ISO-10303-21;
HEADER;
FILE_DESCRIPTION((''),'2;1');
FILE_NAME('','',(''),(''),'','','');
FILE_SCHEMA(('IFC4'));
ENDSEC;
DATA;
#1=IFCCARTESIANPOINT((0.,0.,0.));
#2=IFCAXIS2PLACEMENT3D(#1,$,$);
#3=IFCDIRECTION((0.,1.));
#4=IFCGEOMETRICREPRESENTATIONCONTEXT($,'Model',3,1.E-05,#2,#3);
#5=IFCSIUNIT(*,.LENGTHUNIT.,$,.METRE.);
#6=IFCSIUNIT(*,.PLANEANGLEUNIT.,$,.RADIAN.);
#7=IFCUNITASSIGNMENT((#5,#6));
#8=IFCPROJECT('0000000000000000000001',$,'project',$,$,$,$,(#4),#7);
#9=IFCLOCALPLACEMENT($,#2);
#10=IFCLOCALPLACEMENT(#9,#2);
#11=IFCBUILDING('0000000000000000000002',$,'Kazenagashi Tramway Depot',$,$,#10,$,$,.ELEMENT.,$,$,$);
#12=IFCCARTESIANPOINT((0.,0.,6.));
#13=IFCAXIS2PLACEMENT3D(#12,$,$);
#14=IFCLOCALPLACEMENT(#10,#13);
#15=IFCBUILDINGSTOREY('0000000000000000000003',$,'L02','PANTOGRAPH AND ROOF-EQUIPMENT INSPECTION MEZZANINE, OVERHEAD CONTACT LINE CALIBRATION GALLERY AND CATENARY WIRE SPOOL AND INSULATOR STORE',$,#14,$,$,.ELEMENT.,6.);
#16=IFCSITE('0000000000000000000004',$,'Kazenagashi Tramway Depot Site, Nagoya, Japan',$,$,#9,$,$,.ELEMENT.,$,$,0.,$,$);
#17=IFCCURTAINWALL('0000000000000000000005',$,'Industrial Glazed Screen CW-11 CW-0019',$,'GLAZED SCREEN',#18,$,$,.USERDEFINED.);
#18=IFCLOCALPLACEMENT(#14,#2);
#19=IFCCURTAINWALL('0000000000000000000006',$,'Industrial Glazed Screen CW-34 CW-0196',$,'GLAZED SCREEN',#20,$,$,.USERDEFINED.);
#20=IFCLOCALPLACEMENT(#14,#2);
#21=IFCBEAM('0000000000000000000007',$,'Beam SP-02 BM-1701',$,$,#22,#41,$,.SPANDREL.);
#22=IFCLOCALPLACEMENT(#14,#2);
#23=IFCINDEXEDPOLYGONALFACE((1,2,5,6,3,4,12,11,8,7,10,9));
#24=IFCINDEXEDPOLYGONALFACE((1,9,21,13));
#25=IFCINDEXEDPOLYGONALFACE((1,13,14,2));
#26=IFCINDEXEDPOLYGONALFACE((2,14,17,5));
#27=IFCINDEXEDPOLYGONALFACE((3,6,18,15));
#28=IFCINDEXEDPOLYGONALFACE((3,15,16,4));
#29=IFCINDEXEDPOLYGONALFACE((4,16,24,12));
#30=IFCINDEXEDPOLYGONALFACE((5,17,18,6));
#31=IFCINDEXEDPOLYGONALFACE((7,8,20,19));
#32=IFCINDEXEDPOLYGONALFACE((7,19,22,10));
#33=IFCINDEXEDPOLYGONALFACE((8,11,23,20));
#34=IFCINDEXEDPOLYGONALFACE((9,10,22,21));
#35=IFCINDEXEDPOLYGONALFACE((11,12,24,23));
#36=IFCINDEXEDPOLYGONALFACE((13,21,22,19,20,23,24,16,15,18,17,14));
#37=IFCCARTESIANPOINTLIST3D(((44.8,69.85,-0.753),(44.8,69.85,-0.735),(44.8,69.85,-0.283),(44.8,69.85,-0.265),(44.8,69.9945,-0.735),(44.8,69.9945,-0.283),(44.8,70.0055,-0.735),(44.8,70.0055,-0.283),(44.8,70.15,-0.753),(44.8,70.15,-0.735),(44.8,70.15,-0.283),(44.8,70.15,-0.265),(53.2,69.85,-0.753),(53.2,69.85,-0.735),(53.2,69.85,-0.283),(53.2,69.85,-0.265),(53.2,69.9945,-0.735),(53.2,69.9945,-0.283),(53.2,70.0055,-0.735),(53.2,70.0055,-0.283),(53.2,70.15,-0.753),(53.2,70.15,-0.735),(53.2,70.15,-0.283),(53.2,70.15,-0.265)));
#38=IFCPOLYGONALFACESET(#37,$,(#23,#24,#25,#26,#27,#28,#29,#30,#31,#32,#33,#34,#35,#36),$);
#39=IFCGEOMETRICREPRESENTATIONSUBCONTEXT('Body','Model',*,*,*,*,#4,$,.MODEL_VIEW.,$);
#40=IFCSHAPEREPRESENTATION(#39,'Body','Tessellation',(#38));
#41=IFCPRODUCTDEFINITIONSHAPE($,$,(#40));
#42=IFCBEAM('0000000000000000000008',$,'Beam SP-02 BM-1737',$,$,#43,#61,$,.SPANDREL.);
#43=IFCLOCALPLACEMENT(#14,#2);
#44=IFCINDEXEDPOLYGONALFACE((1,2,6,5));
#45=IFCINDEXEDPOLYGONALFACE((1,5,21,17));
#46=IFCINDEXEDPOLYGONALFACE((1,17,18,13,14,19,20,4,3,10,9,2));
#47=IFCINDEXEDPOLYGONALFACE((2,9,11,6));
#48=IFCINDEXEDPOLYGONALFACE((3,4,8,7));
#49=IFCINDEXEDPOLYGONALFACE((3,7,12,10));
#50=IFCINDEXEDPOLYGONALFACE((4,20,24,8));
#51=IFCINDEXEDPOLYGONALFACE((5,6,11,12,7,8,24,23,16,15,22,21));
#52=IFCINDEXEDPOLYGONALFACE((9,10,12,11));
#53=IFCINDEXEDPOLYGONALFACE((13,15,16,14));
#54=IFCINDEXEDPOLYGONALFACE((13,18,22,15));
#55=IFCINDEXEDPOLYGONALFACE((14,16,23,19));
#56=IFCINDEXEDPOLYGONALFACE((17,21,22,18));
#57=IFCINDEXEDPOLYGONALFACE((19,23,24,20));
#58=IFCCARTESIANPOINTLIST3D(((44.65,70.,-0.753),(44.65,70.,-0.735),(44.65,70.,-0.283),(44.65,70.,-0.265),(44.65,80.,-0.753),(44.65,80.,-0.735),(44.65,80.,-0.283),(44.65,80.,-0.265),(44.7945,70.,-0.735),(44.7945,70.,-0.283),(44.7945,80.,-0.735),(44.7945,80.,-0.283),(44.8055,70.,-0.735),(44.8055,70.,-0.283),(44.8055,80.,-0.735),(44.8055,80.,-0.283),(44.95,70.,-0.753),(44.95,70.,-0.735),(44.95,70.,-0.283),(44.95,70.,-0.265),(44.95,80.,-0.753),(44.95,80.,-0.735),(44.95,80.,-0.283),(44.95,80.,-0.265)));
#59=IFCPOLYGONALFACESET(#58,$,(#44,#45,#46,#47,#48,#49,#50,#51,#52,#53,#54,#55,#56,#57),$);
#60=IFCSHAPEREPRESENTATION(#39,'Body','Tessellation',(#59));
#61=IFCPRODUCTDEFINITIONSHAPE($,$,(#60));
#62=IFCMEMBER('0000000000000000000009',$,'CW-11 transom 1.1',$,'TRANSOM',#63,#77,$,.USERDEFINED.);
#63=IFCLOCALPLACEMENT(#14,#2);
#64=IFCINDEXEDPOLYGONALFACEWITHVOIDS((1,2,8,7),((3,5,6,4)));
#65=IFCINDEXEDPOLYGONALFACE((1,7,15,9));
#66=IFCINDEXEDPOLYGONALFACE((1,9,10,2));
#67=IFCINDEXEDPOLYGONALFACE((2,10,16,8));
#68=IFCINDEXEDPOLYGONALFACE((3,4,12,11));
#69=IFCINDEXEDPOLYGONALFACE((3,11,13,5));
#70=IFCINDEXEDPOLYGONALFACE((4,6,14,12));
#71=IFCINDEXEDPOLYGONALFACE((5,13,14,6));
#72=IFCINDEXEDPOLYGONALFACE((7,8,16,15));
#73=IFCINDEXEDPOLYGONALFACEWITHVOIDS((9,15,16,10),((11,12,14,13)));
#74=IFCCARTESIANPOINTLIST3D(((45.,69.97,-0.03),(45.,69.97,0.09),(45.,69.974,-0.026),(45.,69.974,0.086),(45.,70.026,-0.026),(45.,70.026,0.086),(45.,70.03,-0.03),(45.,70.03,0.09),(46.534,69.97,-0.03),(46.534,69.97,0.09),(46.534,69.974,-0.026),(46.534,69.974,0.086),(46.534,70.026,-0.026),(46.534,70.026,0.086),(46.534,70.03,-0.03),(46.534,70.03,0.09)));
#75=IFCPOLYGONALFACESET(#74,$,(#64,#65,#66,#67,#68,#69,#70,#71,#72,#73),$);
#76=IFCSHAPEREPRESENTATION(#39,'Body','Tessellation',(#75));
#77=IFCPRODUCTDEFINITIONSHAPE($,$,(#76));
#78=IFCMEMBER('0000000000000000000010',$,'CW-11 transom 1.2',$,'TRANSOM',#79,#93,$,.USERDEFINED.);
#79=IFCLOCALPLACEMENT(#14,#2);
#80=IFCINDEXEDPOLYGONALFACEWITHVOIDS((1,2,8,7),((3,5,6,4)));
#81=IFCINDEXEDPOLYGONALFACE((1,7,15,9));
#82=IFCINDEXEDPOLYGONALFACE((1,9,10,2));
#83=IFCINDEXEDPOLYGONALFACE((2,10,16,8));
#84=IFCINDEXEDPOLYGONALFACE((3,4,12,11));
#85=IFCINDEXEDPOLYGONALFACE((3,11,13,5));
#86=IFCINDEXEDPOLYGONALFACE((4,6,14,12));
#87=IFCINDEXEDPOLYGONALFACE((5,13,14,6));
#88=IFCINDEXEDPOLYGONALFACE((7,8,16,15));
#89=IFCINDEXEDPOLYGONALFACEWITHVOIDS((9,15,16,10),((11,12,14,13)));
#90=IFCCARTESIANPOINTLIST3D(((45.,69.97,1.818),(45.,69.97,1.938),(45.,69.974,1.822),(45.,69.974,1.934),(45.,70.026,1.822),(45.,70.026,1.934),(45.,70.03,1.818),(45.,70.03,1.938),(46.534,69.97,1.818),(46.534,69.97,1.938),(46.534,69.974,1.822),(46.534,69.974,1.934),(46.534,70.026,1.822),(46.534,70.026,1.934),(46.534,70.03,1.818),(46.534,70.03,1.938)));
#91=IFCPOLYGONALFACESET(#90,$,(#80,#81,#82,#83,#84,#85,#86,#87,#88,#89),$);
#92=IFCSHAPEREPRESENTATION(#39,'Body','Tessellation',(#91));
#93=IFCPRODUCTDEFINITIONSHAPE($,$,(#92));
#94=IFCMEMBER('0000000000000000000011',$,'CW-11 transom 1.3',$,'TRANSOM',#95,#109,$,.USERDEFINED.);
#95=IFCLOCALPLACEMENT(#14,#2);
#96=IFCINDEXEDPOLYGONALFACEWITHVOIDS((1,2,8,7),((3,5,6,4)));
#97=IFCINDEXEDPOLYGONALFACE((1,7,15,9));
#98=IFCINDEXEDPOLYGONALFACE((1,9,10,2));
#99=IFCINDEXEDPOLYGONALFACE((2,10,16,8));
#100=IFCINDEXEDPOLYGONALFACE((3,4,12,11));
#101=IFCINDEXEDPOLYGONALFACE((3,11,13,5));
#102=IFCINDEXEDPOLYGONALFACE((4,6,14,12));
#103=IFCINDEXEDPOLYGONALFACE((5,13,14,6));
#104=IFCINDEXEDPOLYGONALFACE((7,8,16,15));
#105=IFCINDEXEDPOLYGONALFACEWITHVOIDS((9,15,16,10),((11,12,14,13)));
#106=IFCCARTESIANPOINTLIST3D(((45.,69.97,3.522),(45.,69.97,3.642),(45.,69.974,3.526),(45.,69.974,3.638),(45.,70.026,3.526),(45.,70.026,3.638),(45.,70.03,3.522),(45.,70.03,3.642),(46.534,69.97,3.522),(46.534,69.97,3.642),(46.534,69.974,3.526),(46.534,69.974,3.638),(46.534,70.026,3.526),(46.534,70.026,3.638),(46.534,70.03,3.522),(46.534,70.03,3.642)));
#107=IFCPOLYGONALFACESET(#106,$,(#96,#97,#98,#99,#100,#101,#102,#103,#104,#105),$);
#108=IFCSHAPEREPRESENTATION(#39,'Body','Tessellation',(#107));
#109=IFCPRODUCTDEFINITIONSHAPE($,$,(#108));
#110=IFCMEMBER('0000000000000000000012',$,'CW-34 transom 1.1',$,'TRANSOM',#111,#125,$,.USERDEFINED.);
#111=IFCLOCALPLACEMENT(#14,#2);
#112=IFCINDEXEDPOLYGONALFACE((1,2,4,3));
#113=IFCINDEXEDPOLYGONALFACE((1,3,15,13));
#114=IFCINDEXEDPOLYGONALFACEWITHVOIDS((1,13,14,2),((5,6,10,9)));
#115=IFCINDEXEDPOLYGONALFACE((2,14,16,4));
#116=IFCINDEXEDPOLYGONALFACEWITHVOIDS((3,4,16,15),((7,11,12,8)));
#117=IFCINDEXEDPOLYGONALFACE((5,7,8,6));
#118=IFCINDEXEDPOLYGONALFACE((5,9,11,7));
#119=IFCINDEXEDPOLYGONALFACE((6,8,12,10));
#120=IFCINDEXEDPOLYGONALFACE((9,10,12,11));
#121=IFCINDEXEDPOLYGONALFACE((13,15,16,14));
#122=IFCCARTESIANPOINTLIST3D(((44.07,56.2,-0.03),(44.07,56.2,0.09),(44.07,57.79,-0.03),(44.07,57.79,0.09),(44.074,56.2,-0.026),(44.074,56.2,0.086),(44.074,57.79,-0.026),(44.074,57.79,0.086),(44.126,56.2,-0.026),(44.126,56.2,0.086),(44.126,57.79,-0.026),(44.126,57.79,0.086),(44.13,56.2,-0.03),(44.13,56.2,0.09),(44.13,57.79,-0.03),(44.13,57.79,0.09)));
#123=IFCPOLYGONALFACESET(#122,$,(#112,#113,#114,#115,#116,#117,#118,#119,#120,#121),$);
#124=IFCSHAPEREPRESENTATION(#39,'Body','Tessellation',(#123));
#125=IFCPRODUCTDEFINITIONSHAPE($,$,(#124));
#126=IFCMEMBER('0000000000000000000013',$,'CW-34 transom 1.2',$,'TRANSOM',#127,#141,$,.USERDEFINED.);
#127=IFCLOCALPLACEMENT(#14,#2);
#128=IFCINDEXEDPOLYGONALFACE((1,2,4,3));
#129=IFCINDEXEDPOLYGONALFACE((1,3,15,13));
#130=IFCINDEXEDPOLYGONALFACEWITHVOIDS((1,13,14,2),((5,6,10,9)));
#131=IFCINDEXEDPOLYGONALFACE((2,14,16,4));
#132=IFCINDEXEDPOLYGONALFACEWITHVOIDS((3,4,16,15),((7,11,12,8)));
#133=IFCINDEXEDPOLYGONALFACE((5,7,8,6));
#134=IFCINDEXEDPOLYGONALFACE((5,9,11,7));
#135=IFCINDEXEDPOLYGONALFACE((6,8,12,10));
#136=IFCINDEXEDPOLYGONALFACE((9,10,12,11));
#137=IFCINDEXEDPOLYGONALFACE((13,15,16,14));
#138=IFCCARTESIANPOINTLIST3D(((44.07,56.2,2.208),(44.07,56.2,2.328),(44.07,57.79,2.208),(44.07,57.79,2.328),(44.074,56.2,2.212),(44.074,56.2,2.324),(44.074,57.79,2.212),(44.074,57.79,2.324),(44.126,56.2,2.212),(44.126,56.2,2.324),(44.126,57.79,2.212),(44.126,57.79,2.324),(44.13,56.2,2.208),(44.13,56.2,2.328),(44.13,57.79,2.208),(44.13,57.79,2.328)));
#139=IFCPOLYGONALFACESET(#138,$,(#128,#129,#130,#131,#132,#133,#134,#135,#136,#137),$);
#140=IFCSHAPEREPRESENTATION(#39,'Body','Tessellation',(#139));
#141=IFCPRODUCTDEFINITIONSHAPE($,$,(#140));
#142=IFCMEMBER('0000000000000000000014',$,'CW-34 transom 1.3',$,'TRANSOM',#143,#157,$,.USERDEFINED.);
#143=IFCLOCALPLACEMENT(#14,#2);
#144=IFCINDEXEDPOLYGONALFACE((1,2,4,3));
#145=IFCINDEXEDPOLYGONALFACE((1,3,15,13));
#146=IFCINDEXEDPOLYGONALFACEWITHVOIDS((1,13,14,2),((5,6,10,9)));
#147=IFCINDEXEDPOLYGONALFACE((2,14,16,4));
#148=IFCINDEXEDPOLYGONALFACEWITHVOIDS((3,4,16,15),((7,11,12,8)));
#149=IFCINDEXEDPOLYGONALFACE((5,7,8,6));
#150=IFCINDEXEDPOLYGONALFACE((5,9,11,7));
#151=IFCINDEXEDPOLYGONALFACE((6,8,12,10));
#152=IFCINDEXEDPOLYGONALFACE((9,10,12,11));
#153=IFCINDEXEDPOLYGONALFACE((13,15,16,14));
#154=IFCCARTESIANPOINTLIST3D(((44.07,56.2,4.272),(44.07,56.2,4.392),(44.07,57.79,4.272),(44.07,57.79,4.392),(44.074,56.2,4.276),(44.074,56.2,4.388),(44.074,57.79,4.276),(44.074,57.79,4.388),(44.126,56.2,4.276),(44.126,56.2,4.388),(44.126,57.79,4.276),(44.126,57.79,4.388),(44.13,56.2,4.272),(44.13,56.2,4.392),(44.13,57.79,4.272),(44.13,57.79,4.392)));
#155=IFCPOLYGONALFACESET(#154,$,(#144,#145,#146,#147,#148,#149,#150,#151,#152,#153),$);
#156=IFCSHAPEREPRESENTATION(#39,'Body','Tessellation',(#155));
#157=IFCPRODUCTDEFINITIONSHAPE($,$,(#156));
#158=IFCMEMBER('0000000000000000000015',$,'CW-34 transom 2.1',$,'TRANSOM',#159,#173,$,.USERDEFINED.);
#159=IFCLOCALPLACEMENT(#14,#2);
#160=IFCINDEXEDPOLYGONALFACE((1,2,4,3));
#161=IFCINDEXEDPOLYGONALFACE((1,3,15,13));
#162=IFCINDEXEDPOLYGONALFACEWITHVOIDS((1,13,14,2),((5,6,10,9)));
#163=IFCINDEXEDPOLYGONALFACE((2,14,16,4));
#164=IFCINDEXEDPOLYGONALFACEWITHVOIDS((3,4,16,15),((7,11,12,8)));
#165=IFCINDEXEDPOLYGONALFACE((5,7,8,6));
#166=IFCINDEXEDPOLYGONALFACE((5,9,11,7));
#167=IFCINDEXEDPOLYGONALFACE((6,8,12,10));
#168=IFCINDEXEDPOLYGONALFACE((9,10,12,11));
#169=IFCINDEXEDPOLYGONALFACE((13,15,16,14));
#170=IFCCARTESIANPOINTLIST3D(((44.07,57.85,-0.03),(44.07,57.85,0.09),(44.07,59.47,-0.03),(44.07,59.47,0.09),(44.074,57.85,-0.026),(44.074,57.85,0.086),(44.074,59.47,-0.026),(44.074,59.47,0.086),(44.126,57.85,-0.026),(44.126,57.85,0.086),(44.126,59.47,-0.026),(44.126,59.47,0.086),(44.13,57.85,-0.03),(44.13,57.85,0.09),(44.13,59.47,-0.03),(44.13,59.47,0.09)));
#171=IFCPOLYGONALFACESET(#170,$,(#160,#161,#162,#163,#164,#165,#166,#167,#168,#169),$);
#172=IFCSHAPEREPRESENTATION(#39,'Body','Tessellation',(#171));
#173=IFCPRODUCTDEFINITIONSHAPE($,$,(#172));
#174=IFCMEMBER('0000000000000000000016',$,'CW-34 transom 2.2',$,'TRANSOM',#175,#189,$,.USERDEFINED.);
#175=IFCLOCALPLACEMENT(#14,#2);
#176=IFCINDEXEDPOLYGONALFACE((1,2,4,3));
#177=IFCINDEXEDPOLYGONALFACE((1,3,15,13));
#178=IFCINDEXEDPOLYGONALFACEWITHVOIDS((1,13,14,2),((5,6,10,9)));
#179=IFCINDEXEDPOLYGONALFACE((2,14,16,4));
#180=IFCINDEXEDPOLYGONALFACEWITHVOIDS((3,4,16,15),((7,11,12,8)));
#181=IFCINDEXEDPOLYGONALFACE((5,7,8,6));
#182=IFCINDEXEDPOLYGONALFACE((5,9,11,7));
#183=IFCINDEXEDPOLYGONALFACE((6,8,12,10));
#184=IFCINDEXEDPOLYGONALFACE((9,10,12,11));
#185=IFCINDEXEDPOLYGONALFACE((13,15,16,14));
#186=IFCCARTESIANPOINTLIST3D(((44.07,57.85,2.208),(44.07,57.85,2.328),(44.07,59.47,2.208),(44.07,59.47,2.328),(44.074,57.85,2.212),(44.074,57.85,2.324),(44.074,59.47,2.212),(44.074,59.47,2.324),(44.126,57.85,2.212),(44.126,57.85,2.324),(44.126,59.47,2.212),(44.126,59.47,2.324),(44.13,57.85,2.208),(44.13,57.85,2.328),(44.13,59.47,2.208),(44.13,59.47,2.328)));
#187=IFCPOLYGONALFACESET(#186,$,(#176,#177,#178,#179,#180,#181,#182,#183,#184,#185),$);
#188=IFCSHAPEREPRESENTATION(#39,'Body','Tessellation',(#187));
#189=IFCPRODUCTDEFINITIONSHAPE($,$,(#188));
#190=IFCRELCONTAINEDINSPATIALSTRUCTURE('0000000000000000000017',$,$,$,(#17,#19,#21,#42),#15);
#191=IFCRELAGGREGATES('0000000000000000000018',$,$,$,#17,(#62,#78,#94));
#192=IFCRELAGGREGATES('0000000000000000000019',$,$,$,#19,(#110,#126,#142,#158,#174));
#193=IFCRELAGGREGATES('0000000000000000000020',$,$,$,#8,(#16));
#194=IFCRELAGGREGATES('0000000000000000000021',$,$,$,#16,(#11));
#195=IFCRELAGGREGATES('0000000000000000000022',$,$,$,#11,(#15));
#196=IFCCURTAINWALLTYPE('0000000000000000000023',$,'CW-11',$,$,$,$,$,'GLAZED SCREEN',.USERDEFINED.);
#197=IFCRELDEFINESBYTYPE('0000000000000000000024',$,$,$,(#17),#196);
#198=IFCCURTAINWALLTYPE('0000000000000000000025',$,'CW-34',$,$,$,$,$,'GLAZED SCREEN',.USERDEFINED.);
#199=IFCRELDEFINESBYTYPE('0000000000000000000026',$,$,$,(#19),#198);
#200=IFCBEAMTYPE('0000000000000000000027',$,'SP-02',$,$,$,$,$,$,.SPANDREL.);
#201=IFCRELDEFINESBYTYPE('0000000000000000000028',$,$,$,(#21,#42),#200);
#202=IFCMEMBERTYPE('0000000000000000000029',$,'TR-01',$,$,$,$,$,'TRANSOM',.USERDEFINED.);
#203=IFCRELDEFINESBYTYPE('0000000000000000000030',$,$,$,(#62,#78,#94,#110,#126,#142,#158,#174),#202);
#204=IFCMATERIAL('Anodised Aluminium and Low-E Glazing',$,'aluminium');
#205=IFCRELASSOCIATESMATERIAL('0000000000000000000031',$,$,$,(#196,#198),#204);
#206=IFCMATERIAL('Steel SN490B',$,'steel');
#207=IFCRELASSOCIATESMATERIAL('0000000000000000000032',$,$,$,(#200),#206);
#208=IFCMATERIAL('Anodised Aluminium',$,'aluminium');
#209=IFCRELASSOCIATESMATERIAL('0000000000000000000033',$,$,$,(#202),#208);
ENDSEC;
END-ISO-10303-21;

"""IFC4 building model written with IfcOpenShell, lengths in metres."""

from ifc_helpers import new_model, si_unit, direction, frame, origin, origin_2d, place, context, subcontext, project, spatial, hollow_rectangle, i_section, extrude, material, material_profile, profile_set, type_object, element, aggregate, save


model = new_model("IFC4")

# Units and contexts
model_context = context("Model", 3, precision=1e-05, world=origin(), true_north=direction((0.0, 1.0)))
body_context = subcontext(model_context, "Body", "Model", "MODEL_VIEW")
ifc_project = project(units=[si_unit("LENGTHUNIT", "METRE"), si_unit("PLANEANGLEUNIT", "RADIAN")], contexts=[model_context])

# Site, building, storey
site_placement = place(None, origin())
site = spatial("IfcSite", under=ifc_project, at=site_placement, Name="Kazenagashi Tramway Depot Site, Nagoya, Japan", CompositionType="ELEMENT", RefElevation=0.0)
building_placement = place(site_placement, origin())
building = spatial("IfcBuilding", under=site, at=building_placement, Name="Kazenagashi Tramway Depot", CompositionType="ELEMENT")
storey_placement = place(building_placement, frame((0.0, 0.0, 6.0)))
storey = spatial("IfcBuildingStorey", under=building, at=storey_placement, Name="L02", Description="PANTOGRAPH AND ROOF-EQUIPMENT INSPECTION MEZZANINE, OVERHEAD CONTACT LINE CALIBRATION GALLERY AND CATENARY WIRE SPOOL AND INSULATOR STORE", CompositionType="ELEMENT", Elevation=6.0)

# Shared definitions
ifc_material_1 = material(Name="Steel SN490B", Category="steel")

# Curtain wall
ifc_material_2 = material(Name="Anodised Aluminium and Low-E Glazing", Category="aluminium")
curtain_wall_type_1 = type_object("IfcCurtainWallType", Name="CW-11", ElementType="GLAZED SCREEN", PredefinedType="USERDEFINED", material=ifc_material_2)
curtain_wall_1_placement = place(storey_placement, origin())
curtain_wall_1 = element("IfcCurtainWall", 1, at=curtain_wall_1_placement, inside=storey, type_object=curtain_wall_type_1, Name="Industrial Glazed Screen CW-11 CW-0019", ObjectType="GLAZED SCREEN", PredefinedType="USERDEFINED")
ifc_material_3 = material(Name="Anodised Aluminium", Category="aluminium")

# Curtain wall
curtain_wall_type_2 = type_object("IfcCurtainWallType", Name="CW-34", ElementType="GLAZED SCREEN", PredefinedType="USERDEFINED", material=ifc_material_2)
curtain_wall_2_placement = place(storey_placement, origin())
curtain_wall_2 = element("IfcCurtainWall", 2, at=curtain_wall_2_placement, inside=storey, type_object=curtain_wall_type_2, Name="Industrial Glazed Screen CW-34 CW-0196", ObjectType="GLAZED SCREEN", PredefinedType="USERDEFINED")

# Beams
ifc_material_profile_1 = material_profile(ifc_material_1, i_section(OverallWidth=0.3, OverallDepth=0.488, WebThickness=0.011, FlangeThickness=0.018, at=origin_2d()), Name="H-488x300x11x18")
ifc_profile_set_1 = profile_set([ifc_material_profile_1], Name="Steel SN490B")
beam_type_1 = type_object("IfcBeamType", Name="SP-02", PredefinedType="SPANDREL", material=ifc_profile_set_1)
beam_1_placement = place(storey_placement, frame((44.8, 70.0, -0.509), z_axis=(1.0, 0.0, 0.0), x_axis=(0.0, 1.0, 0.0)))
element("IfcBeam", 3, at=beam_1_placement, inside=storey, type_object=beam_type_1, Name="Beam SP-02 BM-1701", PredefinedType="SPANDREL", context=body_context, shape_type="SweptSolid", body=[
    extrude(i_section(OverallWidth=0.3, OverallDepth=0.488, WebThickness=0.011, FlangeThickness=0.018, at=origin_2d()), origin(), (0.0, 0.0, 1.0), 8.4),
])
beam_2_placement = place(storey_placement, frame((44.8, 70.0, -0.509), z_axis=(0.0, 1.0, 0.0), x_axis=(-1.0, 0.0, 0.0)))
element("IfcBeam", 4, at=beam_2_placement, inside=storey, type_object=beam_type_1, Name="Beam SP-02 BM-1737", PredefinedType="SPANDREL", context=body_context, shape_type="SweptSolid", body=[
    extrude(i_section(OverallWidth=0.3, OverallDepth=0.488, WebThickness=0.011, FlangeThickness=0.018, at=origin_2d()), origin(), (0.0, 0.0, 1.0), 10.0),
])

# Members
ifc_material_profile_2 = material_profile(ifc_material_3, hollow_rectangle(XDim=0.06, YDim=0.12, WallThickness=0.004, at=origin_2d()), Name="RHS-120x60x4")
ifc_profile_set_2 = profile_set([ifc_material_profile_2], Name="Anodised Aluminium")
member_type_1 = type_object("IfcMemberType", Name="TR-01", ElementType="TRANSOM", PredefinedType="USERDEFINED", material=ifc_profile_set_2)
member_1_placement = place(storey_placement, frame((45.0, 70.0, 0.03), z_axis=(1.0, 0.0, 0.0), x_axis=(0.0, 1.0, 0.0)))
member_1 = element("IfcMember", 5, at=member_1_placement, type_object=member_type_1, Name="CW-11 transom 1.1", ObjectType="TRANSOM", PredefinedType="USERDEFINED", context=body_context, shape_type="SweptSolid", body=[
    extrude(hollow_rectangle(XDim=0.06, YDim=0.12, WallThickness=0.004, at=origin_2d()), origin(), (0.0, 0.0, 1.0), 1.534),
])
member_2_placement = place(storey_placement, frame((45.0, 70.0, 1.878), z_axis=(1.0, 0.0, 0.0), x_axis=(0.0, 1.0, 0.0)))
member_2 = element("IfcMember", 6, at=member_2_placement, type_object=member_type_1, Name="CW-11 transom 1.2", ObjectType="TRANSOM", PredefinedType="USERDEFINED", context=body_context, shape_type="SweptSolid", body=[
    extrude(hollow_rectangle(XDim=0.06, YDim=0.12, WallThickness=0.004, at=origin_2d()), origin(), (0.0, 0.0, 1.0), 1.534),
])
member_3_placement = place(storey_placement, frame((45.0, 70.0, 3.582), z_axis=(1.0, 0.0, 0.0), x_axis=(0.0, 1.0, 0.0)))
member_3 = element("IfcMember", 7, at=member_3_placement, type_object=member_type_1, Name="CW-11 transom 1.3", ObjectType="TRANSOM", PredefinedType="USERDEFINED", context=body_context, shape_type="SweptSolid", body=[
    extrude(hollow_rectangle(XDim=0.06, YDim=0.12, WallThickness=0.004, at=origin_2d()), origin(), (0.0, 0.0, 1.0), 1.534),
])
aggregate(curtain_wall_1, [member_1, member_2, member_3])
member_4_placement = place(storey_placement, frame((44.1, 56.2, 0.03), z_axis=(0.0, 1.0, 0.0), x_axis=(-1.0, 0.0, 0.0)))
member_4 = element("IfcMember", 8, at=member_4_placement, type_object=member_type_1, Name="CW-34 transom 1.1", ObjectType="TRANSOM", PredefinedType="USERDEFINED", context=body_context, shape_type="SweptSolid", body=[
    extrude(hollow_rectangle(XDim=0.06, YDim=0.12, WallThickness=0.004, at=origin_2d()), origin(), (0.0, 0.0, 1.0), 1.59),
])
member_5_placement = place(storey_placement, frame((44.1, 56.2, 2.268), z_axis=(0.0, 1.0, 0.0), x_axis=(-1.0, 0.0, 0.0)))
member_5 = element("IfcMember", 9, at=member_5_placement, type_object=member_type_1, Name="CW-34 transom 1.2", ObjectType="TRANSOM", PredefinedType="USERDEFINED", context=body_context, shape_type="SweptSolid", body=[
    extrude(hollow_rectangle(XDim=0.06, YDim=0.12, WallThickness=0.004, at=origin_2d()), origin(), (0.0, 0.0, 1.0), 1.59),
])
member_6_placement = place(storey_placement, frame((44.1, 56.2, 4.332), z_axis=(0.0, 1.0, 0.0), x_axis=(-1.0, 0.0, 0.0)))
member_6 = element("IfcMember", 10, at=member_6_placement, type_object=member_type_1, Name="CW-34 transom 1.3", ObjectType="TRANSOM", PredefinedType="USERDEFINED", context=body_context, shape_type="SweptSolid", body=[
    extrude(hollow_rectangle(XDim=0.06, YDim=0.12, WallThickness=0.004, at=origin_2d()), origin(), (0.0, 0.0, 1.0), 1.59),
])
member_7_placement = place(storey_placement, frame((44.1, 57.85, 0.03), z_axis=(0.0, 1.0, 0.0), x_axis=(-1.0, 0.0, 0.0)))
member_7 = element("IfcMember", 11, at=member_7_placement, type_object=member_type_1, Name="CW-34 transom 2.1", ObjectType="TRANSOM", PredefinedType="USERDEFINED", context=body_context, shape_type="SweptSolid", body=[
    extrude(hollow_rectangle(XDim=0.06, YDim=0.12, WallThickness=0.004, at=origin_2d()), origin(), (0.0, 0.0, 1.0), 1.62),
])
member_8_placement = place(storey_placement, frame((44.1, 57.85, 2.268), z_axis=(0.0, 1.0, 0.0), x_axis=(-1.0, 0.0, 0.0)))
member_8 = element("IfcMember", 12, at=member_8_placement, type_object=member_type_1, Name="CW-34 transom 2.2", ObjectType="TRANSOM", PredefinedType="USERDEFINED", context=body_context, shape_type="SweptSolid", body=[
    extrude(hollow_rectangle(XDim=0.06, YDim=0.12, WallThickness=0.004, at=origin_2d()), origin(), (0.0, 0.0, 1.0), 1.62),
])

aggregate(curtain_wall_2, [member_4, member_5, member_6, member_7, member_8])

save(model, "model.ifc")
